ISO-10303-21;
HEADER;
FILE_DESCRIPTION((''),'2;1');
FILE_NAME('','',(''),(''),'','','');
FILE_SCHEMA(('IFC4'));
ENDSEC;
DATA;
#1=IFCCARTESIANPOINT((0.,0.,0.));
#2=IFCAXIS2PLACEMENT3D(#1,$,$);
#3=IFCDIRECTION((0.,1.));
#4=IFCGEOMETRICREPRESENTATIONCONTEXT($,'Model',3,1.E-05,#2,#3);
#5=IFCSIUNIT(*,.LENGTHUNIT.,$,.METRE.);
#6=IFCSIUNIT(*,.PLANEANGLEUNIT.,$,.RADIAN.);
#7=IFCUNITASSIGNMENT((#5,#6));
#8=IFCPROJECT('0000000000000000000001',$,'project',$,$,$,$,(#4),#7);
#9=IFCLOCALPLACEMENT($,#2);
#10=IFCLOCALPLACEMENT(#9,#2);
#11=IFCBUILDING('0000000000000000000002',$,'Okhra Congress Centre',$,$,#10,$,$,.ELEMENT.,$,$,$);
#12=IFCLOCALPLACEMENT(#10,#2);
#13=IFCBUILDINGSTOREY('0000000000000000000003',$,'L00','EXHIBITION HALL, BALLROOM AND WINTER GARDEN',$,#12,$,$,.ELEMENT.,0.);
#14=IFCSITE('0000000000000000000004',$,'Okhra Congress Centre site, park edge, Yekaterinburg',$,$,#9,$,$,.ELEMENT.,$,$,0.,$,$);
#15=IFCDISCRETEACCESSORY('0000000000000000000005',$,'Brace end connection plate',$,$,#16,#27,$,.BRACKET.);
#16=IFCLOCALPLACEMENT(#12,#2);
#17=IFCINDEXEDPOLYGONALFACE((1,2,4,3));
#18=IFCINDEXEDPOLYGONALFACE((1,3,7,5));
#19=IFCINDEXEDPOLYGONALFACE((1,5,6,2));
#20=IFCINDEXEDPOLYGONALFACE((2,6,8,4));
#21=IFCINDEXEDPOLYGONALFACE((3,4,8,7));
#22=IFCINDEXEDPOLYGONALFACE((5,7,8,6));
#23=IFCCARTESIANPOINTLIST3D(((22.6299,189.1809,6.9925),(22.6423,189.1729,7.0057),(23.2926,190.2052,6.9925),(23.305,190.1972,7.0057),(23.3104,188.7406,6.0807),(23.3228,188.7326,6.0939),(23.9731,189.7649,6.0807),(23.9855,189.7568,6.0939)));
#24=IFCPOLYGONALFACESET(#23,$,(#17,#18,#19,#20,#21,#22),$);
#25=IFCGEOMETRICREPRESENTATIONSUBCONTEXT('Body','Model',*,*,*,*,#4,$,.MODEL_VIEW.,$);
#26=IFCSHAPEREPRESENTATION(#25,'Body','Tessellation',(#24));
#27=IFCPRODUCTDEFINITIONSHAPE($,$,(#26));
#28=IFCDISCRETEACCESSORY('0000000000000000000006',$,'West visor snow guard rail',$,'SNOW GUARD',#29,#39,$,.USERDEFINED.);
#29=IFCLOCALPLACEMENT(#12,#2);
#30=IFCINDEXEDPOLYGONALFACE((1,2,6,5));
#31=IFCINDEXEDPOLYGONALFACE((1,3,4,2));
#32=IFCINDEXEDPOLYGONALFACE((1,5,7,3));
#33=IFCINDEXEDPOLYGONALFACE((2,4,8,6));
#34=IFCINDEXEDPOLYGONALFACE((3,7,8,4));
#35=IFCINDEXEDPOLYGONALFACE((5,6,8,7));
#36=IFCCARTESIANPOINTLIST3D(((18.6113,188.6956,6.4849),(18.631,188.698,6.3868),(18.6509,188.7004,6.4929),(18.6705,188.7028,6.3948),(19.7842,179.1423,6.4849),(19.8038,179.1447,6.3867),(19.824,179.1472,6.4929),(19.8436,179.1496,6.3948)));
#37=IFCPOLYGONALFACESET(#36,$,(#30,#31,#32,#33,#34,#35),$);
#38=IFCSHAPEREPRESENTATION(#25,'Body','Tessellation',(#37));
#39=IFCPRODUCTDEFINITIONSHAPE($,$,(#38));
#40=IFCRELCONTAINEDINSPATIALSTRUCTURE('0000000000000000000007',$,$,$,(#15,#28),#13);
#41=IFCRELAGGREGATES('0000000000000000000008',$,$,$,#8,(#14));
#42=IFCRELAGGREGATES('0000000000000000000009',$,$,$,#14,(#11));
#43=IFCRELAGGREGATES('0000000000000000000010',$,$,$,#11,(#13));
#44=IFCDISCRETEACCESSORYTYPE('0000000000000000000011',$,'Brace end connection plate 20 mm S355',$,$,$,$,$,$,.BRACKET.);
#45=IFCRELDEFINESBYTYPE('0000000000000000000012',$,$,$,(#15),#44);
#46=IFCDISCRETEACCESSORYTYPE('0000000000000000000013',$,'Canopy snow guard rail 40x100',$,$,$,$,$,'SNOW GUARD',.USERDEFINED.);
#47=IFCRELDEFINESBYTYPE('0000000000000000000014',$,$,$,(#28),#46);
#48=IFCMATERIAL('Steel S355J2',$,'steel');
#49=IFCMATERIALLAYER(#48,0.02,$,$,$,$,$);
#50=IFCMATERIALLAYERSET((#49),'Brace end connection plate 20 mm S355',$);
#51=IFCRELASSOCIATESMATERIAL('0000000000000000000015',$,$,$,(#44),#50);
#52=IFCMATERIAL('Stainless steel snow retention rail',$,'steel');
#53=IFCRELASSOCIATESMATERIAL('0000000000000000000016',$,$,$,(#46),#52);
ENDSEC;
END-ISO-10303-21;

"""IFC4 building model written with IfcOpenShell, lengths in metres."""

from ifc_helpers import new_model, si_unit, direction, frame, origin, origin_2d, place, context, subcontext, project, spatial, polyline, rectangle, outline, extrude, material, layer, layer_set, type_object, element, save


model = new_model("IFC4")

# Units and contexts
model_context = context("Model", 3, precision=1e-05, world=origin(), true_north=direction((0.0, 1.0)))
body_context = subcontext(model_context, "Body", "Model", "MODEL_VIEW")
ifc_project = project(units=[si_unit("LENGTHUNIT", "METRE"), si_unit("PLANEANGLEUNIT", "RADIAN")], contexts=[model_context])

# Site, building, storey
site_placement = place(None, origin())
site = spatial("IfcSite", under=ifc_project, at=site_placement, Name="Okhra Congress Centre site, park edge, Yekaterinburg", CompositionType="ELEMENT", RefElevation=0.0)
building_placement = place(site_placement, origin())
building = spatial("IfcBuilding", under=site, at=building_placement, Name="Okhra Congress Centre", CompositionType="ELEMENT")
storey_placement = place(building_placement, origin())
storey = spatial("IfcBuildingStorey", under=building, at=storey_placement, Name="L00", Description="EXHIBITION HALL, BALLROOM AND WINTER GARDEN", CompositionType="ELEMENT", Elevation=0.0)

# Shared definitions
ifc_material_1 = material(Name="Steel S355J2", Category="steel")

# Discrete accessories
ifc_layer = layer(ifc_material_1, 0.02)
ifc_layer_set = layer_set([ifc_layer], Name="Brace end connection plate 20 mm S355")
discrete_accessory_type_1 = type_object("IfcDiscreteAccessoryType", Name="Brace end connection plate 20 mm S355", PredefinedType="BRACKET", material=ifc_layer_set)
discrete_accessory_1_placement = place(storey_placement, frame((23.3015, 189.4729, 6.5366), z_axis=(0.627481, -0.406017, 0.664392), x_axis=(0.543251, 0.83957, 0.0)))
element("IfcDiscreteAccessory", 1, at=discrete_accessory_1_placement, inside=storey, type_object=discrete_accessory_type_1, Name="Brace end connection plate", PredefinedType="BRACKET", context=body_context, shape_type="SweptSolid", body=[
    extrude(rectangle(XDim=1.22, YDim=1.22, at=origin_2d()), origin(), (0.0, 0.0, 1.0), 0.0198),
])
ifc_material_2 = material(Name="Stainless steel snow retention rail", Category="steel")
discrete_accessory_type_2 = type_object("IfcDiscreteAccessoryType", Name="Canopy snow guard rail 40x100", ElementType="SNOW GUARD", PredefinedType="USERDEFINED", material=ifc_material_2)
discrete_accessory_2_placement = place(storey_placement, frame((19.7842, 179.1423, 6.4849), z_axis=(-0.19611, -0.024079, 0.980286), x_axis=(-0.121856, 0.992548, 0.000002)))
element("IfcDiscreteAccessory", 2, at=discrete_accessory_2_placement, inside=storey, type_object=discrete_accessory_type_2, Name="West visor snow guard rail", ObjectType="SNOW GUARD", PredefinedType="USERDEFINED", context=body_context, shape_type="SweptSolid", body=[
    extrude(outline(polyline([(0.0, 0.0), (9.6249, 0.0), (9.625, -0.0407), (0.0, -0.0409), (0.0, 0.0)])), origin(), (0.0, 0.0, -1.0), 0.1001),
])

save(model, "model.ifc")
